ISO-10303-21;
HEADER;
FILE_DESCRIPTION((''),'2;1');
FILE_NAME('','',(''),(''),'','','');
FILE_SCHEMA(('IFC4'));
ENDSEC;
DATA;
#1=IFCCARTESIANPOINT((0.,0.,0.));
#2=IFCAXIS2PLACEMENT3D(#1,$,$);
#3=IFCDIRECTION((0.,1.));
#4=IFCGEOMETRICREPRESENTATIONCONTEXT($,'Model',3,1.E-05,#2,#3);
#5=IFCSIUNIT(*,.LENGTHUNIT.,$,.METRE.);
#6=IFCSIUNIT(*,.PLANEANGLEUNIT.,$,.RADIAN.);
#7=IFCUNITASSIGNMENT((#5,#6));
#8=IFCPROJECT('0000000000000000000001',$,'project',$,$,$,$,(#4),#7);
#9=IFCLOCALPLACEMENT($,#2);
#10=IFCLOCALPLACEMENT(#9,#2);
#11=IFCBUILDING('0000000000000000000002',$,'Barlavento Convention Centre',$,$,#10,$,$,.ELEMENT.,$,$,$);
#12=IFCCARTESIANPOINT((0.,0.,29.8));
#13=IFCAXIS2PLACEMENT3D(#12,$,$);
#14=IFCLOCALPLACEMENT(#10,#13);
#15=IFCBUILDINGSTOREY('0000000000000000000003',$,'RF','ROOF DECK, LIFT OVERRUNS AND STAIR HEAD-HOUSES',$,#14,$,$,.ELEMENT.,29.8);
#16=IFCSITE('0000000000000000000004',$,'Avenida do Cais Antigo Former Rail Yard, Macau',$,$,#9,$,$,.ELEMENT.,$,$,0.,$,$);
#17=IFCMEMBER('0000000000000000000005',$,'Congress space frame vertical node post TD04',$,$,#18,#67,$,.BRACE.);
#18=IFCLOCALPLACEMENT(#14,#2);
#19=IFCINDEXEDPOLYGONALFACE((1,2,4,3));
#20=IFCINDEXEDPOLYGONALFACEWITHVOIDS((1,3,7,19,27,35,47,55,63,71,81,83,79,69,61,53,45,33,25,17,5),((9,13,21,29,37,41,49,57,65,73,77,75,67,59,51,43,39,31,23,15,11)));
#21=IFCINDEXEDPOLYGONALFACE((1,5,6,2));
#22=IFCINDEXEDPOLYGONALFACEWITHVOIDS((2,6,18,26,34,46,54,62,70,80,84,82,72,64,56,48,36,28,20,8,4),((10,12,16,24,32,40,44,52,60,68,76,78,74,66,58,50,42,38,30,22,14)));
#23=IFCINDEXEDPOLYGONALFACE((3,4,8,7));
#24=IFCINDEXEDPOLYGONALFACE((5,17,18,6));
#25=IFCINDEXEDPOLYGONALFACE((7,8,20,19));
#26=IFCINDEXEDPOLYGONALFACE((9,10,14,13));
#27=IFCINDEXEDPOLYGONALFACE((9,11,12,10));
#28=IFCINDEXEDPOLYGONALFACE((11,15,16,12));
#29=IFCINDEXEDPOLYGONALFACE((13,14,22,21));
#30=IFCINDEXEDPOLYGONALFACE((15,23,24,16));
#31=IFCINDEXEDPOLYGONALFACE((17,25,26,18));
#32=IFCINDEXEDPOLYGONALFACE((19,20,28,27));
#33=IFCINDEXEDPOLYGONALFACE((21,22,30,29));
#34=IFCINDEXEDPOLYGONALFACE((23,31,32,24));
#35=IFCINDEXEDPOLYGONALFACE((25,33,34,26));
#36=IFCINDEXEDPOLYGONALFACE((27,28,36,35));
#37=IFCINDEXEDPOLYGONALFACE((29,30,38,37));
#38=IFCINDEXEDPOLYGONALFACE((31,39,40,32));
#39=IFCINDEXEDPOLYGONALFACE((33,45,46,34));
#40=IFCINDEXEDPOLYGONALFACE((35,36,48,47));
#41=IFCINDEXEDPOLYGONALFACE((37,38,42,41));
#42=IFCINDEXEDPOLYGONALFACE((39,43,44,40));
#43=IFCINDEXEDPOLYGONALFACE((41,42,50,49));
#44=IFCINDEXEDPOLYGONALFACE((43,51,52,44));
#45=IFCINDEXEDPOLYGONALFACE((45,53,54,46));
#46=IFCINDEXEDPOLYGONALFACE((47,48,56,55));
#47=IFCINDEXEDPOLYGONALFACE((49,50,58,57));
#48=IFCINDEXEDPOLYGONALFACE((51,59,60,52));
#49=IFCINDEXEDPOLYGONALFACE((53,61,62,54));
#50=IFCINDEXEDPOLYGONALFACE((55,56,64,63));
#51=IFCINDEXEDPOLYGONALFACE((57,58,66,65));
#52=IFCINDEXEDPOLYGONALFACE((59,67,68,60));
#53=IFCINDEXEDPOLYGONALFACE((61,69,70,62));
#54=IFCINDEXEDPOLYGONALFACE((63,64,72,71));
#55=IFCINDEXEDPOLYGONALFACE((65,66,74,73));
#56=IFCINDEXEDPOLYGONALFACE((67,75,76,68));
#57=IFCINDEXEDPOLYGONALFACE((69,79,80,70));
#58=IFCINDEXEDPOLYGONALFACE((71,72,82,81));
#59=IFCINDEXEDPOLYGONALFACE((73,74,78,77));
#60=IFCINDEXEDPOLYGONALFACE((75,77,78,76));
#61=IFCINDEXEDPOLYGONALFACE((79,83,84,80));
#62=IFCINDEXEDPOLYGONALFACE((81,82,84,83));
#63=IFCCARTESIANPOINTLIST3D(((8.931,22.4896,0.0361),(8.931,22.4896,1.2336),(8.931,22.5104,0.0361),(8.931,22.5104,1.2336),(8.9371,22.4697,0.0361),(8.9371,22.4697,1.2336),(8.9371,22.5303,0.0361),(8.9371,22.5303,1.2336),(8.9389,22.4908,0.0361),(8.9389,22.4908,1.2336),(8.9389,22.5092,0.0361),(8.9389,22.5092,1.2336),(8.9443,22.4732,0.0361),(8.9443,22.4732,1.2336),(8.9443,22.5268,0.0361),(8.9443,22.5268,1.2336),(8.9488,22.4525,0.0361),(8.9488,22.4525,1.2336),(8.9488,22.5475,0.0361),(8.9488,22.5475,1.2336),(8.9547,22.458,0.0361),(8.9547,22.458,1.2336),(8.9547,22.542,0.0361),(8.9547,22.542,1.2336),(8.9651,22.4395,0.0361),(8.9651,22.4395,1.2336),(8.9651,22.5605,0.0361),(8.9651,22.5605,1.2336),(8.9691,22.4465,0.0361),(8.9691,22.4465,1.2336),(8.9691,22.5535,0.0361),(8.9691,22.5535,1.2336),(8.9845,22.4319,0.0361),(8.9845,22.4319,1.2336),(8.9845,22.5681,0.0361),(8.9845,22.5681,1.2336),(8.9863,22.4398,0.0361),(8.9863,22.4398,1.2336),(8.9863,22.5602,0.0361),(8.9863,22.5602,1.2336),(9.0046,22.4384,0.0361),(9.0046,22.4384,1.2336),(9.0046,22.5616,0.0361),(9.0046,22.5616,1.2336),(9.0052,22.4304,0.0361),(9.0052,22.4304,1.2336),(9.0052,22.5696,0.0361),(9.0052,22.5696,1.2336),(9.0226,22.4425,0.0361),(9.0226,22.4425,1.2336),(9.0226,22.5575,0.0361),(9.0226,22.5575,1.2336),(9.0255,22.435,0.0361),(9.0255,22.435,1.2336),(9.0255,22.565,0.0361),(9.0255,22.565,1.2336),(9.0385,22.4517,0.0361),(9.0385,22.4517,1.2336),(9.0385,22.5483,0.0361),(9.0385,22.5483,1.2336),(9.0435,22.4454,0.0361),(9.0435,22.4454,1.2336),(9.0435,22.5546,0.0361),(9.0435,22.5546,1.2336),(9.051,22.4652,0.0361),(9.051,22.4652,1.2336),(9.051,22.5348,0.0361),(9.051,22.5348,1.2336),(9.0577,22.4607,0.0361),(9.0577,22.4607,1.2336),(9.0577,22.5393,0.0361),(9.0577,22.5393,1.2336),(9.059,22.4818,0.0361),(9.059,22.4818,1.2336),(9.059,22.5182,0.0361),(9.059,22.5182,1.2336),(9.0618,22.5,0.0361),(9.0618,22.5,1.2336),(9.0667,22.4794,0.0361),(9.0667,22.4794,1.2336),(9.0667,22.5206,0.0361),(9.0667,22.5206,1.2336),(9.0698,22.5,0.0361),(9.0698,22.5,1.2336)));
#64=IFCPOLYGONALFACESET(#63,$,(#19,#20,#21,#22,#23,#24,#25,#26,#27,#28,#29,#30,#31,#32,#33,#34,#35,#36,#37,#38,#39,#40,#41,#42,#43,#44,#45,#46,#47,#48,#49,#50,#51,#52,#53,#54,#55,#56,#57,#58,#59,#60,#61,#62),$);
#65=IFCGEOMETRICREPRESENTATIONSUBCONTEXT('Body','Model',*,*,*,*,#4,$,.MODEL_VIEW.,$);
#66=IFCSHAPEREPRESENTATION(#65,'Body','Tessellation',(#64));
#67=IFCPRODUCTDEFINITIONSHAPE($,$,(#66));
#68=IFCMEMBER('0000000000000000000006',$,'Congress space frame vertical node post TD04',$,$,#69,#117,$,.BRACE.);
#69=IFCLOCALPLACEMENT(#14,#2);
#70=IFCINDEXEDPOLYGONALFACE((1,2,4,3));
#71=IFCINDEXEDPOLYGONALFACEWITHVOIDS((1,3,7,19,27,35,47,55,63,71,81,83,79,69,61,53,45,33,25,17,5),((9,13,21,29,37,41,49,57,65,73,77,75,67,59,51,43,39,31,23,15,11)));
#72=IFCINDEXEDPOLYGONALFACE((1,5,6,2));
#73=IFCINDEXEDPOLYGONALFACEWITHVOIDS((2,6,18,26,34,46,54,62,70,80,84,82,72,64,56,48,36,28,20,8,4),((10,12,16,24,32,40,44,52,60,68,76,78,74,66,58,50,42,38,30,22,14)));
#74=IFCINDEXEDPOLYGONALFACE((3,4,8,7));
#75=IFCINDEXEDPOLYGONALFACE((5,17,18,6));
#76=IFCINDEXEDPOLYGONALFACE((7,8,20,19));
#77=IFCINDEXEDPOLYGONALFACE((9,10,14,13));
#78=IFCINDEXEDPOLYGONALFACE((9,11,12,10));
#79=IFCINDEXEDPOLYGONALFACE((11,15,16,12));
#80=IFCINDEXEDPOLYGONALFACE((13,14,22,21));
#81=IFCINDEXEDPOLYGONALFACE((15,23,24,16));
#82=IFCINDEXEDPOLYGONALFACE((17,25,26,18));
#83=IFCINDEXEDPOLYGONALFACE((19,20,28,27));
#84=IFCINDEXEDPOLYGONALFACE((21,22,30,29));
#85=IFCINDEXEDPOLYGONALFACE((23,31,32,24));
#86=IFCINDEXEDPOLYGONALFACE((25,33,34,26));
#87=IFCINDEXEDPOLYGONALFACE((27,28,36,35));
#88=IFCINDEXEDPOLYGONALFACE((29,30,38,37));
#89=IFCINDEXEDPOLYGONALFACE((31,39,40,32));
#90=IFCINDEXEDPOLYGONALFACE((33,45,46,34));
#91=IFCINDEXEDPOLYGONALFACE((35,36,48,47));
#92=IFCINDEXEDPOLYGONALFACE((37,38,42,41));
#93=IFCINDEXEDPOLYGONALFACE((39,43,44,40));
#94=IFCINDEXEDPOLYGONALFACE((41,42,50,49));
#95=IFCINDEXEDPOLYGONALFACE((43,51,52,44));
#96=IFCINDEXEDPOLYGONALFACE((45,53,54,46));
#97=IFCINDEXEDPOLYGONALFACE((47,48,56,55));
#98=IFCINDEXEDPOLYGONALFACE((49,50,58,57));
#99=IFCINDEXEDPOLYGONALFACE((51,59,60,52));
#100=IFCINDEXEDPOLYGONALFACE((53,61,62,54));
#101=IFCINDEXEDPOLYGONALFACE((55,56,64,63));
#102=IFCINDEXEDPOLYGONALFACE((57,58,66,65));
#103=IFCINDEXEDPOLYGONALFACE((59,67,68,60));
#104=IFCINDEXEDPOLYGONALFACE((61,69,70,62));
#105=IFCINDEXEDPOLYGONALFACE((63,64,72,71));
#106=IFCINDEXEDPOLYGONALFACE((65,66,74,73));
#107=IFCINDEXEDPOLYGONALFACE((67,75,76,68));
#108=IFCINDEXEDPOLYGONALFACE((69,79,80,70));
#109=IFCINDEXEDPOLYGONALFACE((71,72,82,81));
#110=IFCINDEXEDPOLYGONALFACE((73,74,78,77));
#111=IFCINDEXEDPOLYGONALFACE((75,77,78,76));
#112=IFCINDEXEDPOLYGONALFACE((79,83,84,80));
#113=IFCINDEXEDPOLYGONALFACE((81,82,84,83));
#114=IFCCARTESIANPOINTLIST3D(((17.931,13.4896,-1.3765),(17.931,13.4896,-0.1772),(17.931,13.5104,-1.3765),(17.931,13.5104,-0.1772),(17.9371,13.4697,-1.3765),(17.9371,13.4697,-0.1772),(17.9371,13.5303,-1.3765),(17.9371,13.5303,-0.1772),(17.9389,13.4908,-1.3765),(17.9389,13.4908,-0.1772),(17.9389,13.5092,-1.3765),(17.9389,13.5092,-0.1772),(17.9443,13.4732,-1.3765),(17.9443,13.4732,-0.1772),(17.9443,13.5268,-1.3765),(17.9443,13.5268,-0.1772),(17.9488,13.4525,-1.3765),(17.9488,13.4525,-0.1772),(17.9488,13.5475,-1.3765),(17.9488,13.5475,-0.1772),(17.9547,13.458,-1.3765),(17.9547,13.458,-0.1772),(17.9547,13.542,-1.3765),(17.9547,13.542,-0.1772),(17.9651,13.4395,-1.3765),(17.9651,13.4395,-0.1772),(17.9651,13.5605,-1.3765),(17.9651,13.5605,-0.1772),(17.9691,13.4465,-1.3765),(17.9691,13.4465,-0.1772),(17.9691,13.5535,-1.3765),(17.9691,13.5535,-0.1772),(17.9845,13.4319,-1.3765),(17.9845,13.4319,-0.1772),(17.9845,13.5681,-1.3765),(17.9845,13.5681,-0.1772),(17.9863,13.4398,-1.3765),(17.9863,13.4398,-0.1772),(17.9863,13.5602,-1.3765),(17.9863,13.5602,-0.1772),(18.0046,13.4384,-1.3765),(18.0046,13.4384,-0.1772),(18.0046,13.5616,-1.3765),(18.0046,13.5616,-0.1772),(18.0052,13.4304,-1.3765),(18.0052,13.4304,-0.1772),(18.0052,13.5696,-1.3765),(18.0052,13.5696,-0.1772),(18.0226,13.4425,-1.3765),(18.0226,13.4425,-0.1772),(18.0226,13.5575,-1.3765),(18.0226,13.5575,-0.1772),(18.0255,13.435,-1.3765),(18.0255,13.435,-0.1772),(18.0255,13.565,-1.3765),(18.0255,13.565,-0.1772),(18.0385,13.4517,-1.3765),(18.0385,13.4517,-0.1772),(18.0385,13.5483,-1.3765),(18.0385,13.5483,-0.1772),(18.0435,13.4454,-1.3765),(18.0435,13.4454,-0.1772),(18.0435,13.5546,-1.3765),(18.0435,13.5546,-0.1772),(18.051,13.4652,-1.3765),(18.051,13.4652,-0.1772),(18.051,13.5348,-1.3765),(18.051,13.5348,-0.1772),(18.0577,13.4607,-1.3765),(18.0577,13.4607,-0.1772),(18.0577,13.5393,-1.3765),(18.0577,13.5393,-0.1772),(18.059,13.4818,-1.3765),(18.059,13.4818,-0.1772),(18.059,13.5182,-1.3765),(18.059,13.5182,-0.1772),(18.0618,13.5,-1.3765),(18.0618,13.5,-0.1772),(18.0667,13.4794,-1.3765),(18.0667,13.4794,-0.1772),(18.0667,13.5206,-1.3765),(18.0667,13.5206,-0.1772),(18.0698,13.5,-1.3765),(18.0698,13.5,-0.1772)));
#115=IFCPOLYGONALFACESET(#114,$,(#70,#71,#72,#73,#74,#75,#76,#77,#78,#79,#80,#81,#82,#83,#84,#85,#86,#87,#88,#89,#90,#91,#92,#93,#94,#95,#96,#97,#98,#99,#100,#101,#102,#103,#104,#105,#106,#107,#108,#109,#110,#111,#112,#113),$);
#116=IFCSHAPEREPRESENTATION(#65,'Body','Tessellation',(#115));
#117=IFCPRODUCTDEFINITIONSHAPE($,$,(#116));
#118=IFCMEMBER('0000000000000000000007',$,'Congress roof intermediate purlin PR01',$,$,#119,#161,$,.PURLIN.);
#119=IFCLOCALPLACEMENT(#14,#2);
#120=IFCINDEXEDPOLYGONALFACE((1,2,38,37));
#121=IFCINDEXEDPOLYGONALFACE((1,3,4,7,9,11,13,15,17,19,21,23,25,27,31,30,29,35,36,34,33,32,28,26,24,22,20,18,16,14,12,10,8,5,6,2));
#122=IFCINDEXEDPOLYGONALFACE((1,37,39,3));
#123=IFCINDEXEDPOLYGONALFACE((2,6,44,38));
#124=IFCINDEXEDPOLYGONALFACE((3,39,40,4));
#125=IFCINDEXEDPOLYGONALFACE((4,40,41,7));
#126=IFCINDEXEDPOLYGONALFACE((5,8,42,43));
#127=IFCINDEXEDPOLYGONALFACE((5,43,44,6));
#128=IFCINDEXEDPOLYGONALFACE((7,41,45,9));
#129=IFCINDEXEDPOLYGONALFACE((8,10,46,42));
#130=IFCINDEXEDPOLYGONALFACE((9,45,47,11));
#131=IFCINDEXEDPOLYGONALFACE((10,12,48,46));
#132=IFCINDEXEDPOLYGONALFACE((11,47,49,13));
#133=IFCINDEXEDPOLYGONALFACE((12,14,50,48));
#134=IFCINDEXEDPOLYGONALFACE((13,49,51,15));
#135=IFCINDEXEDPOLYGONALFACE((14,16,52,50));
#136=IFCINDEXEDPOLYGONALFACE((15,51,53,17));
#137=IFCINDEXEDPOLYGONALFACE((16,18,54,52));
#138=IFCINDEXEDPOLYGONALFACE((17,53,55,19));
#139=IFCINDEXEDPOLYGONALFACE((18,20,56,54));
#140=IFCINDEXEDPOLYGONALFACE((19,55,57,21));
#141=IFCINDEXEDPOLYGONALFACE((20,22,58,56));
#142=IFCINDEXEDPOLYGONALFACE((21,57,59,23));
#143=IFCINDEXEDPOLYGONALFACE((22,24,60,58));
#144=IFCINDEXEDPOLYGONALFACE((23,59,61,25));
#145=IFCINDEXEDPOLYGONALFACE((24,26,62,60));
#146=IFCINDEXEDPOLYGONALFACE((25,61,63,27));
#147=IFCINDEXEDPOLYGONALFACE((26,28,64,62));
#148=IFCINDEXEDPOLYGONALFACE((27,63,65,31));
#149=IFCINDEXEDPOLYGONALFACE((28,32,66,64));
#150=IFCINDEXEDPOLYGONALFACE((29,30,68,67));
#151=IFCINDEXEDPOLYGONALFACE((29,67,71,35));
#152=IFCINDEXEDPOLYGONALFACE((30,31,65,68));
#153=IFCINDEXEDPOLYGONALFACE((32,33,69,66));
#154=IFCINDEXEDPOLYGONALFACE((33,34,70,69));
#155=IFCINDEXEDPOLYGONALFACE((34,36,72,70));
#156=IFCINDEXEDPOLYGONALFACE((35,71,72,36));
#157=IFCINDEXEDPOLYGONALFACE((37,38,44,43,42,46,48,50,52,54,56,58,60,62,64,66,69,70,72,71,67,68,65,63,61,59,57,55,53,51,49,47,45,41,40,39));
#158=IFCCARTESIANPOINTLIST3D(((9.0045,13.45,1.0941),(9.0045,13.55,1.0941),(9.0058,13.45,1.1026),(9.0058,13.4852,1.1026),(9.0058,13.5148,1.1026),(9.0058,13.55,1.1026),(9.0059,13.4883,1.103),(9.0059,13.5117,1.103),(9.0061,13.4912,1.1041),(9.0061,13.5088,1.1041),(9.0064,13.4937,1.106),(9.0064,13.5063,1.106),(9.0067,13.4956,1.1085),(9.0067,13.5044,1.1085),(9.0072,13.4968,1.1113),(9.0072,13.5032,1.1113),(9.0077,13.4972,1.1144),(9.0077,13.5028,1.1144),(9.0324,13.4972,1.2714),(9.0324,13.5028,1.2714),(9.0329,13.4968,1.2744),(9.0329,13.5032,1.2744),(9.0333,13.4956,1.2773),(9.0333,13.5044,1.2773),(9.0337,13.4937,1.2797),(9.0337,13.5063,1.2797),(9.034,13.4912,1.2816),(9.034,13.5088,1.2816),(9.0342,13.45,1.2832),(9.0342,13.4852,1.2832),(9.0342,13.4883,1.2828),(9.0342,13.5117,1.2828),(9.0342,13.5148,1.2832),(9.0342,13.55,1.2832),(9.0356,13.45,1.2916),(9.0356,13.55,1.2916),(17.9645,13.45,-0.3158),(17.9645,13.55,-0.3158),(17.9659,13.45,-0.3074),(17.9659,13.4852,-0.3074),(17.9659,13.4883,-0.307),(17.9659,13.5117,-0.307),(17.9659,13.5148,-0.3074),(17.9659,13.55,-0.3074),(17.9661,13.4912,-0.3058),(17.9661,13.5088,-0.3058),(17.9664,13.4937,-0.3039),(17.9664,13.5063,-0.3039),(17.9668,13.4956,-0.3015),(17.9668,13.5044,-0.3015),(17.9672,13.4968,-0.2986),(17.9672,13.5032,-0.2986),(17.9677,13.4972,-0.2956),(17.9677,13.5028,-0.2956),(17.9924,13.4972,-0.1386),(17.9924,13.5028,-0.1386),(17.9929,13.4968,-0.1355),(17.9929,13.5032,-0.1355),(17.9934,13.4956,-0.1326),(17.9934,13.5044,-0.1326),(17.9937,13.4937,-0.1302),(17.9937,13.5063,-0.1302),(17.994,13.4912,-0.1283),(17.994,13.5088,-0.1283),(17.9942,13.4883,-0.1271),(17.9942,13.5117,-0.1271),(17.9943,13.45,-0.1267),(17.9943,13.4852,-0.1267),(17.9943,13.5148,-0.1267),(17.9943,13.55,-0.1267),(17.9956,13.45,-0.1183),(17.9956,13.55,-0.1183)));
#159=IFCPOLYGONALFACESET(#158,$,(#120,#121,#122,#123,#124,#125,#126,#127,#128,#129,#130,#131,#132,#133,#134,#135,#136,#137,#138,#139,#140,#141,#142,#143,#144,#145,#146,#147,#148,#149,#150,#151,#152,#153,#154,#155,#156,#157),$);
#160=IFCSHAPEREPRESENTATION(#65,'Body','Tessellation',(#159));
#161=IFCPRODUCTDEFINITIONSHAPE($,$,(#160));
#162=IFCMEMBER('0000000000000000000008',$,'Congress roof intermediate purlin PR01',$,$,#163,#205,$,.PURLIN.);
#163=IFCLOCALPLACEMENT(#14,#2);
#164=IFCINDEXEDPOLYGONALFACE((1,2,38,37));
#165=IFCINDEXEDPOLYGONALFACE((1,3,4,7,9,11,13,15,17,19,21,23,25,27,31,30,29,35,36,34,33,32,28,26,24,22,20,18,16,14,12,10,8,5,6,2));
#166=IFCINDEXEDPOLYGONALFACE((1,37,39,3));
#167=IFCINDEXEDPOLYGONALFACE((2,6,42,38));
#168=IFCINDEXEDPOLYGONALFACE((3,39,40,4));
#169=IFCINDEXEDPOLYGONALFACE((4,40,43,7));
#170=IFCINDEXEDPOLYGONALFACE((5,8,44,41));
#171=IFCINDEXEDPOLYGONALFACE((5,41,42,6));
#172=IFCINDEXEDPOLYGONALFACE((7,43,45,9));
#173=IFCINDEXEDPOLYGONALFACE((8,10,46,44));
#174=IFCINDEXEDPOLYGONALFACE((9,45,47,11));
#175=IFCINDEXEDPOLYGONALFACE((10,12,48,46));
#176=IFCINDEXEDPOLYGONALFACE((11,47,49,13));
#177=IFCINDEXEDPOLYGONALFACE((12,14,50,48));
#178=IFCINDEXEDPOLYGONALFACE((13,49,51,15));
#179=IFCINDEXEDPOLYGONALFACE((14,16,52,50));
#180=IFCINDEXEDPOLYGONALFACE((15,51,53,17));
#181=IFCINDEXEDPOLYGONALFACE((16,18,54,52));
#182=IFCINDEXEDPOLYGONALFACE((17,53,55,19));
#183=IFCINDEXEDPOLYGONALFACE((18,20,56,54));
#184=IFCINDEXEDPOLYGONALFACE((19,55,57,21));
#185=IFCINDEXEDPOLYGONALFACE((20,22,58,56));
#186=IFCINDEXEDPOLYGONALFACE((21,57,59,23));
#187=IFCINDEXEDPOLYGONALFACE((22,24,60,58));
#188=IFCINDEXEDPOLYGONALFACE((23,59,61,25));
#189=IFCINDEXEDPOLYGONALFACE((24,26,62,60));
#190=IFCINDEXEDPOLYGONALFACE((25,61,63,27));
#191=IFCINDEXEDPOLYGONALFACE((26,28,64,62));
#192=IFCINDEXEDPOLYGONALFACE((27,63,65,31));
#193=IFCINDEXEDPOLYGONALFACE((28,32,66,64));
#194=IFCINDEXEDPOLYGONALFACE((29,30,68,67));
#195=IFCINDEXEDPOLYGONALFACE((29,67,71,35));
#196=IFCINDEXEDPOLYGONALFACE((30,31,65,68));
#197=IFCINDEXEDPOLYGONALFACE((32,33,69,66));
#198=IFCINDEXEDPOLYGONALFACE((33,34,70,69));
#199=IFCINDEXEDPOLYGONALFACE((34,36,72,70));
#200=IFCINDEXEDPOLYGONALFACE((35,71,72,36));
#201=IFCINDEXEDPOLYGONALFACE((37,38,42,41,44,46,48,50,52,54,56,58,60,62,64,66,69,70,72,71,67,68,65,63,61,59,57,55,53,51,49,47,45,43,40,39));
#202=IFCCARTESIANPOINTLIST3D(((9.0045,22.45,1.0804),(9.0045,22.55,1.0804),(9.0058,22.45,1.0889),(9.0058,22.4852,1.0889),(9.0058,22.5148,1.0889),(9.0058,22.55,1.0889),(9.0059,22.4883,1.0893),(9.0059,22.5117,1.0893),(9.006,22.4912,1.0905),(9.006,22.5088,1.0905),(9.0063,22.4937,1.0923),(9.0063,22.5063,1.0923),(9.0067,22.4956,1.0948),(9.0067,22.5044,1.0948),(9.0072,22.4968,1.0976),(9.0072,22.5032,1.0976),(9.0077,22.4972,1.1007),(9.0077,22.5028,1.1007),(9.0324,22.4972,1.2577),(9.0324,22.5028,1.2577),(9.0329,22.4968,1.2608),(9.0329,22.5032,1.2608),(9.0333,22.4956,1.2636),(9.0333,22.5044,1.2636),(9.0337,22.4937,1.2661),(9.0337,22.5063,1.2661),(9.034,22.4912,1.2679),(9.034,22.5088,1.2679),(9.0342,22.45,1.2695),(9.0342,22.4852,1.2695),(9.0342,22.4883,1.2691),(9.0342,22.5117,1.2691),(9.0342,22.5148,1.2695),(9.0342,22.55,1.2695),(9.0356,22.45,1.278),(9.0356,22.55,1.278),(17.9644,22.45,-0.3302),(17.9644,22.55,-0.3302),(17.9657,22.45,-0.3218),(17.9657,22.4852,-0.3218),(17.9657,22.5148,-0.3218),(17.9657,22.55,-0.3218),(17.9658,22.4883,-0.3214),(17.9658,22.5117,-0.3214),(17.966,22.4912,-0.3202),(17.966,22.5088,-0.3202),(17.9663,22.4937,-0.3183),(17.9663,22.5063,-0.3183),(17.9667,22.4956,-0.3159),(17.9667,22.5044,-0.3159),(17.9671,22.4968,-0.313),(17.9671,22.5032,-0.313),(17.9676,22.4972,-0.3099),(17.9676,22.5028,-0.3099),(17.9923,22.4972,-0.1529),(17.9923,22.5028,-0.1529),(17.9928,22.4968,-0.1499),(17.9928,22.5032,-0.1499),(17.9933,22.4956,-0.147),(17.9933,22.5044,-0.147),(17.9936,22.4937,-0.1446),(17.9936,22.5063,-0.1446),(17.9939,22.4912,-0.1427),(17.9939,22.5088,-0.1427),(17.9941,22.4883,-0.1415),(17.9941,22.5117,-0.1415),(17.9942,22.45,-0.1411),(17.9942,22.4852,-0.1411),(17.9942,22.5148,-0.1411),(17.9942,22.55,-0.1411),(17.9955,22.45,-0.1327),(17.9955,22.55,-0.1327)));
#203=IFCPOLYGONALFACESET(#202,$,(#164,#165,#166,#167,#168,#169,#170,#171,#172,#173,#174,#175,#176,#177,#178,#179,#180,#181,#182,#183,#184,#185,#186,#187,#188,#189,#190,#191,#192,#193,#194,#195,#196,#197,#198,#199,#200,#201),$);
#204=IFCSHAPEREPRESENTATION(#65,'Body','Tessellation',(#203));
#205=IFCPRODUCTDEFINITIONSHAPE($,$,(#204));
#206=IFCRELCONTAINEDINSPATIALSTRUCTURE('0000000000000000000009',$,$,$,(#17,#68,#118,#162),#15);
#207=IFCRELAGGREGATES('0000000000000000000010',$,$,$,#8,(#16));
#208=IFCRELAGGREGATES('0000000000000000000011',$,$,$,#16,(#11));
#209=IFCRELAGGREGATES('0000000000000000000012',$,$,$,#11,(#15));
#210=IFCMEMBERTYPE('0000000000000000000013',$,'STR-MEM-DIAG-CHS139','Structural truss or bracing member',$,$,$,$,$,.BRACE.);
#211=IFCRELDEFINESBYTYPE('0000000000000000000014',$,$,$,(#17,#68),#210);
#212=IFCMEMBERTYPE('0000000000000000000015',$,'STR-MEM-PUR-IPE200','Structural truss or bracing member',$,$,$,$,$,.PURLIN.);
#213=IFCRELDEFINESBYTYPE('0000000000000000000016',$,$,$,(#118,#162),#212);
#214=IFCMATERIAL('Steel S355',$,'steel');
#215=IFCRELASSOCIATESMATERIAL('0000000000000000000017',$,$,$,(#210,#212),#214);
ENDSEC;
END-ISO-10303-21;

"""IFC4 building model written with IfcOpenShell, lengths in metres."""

from ifc_helpers import new_model, si_unit, direction, frame, origin, origin_2d, place, context, subcontext, project, spatial, hollow_circle, i_section, extrude, material, material_profile, profile_set, type_object, element, save


model = new_model("IFC4")

# Units and contexts
model_context = context("Model", 3, precision=1e-05, world=origin(), true_north=direction((0.0, 1.0)))
body_context = subcontext(model_context, "Body", "Model", "MODEL_VIEW")
ifc_project = project(units=[si_unit("LENGTHUNIT", "METRE"), si_unit("PLANEANGLEUNIT", "RADIAN")], contexts=[model_context])

# Site, building, storey
site_placement = place(None, origin())
site = spatial("IfcSite", under=ifc_project, at=site_placement, Name="Avenida do Cais Antigo Former Rail Yard, Macau", CompositionType="ELEMENT", RefElevation=0.0)
building_placement = place(site_placement, origin())
building = spatial("IfcBuilding", under=site, at=building_placement, Name="Barlavento Convention Centre", CompositionType="ELEMENT")
storey_placement = place(building_placement, frame((0.0, 0.0, 29.8)))
storey = spatial("IfcBuildingStorey", under=building, at=storey_placement, Name="RF", Description="ROOF DECK, LIFT OVERRUNS AND STAIR HEAD-HOUSES", CompositionType="ELEMENT", Elevation=29.8)

# Members
ifc_material_1 = material(Name="Steel S355", Category="steel")
ifc_material_profile_1 = material_profile(ifc_material_1, hollow_circle(Radius=0.0698, WallThickness=0.0081, at=origin_2d()), Name="CHS 139.7x8.0")
ifc_profile_set_1 = profile_set([ifc_material_profile_1], Name="Steel S355")
member_type_1 = type_object("IfcMemberType", Name="STR-MEM-DIAG-CHS139", Description="Structural truss or bracing member", PredefinedType="BRACE", material=ifc_profile_set_1)
member_1_placement = place(storey_placement, frame((9.0, 22.5, 0.0361), z_axis=(0.0, 0.0, 1.0), x_axis=(1.0, 0.0, 0.0)))
element("IfcMember", 1, at=member_1_placement, inside=storey, type_object=member_type_1, Name="Congress space frame vertical node post TD04", PredefinedType="BRACE", context=body_context, shape_type="SweptSolid", body=[
    extrude(hollow_circle(Radius=0.0698, WallThickness=0.0081, at=origin_2d()), origin(), (0.0, 0.0, 1.0), 1.1975),
])
member_2_placement = place(storey_placement, frame((18.0, 13.5, -1.3765), z_axis=(0.0, 0.0, 1.0), x_axis=(1.0, 0.0, 0.0)))
element("IfcMember", 2, at=member_2_placement, inside=storey, type_object=member_type_1, Name="Congress space frame vertical node post TD04", PredefinedType="BRACE", context=body_context, shape_type="SweptSolid", body=[
    extrude(hollow_circle(Radius=0.0698, WallThickness=0.0081, at=origin_2d()), origin(), (0.0, 0.0, 1.0), 1.1992),
])
ifc_material_profile_2 = material_profile(ifc_material_1, i_section(OverallWidth=0.1001, OverallDepth=0.2, WebThickness=0.0056, FlangeThickness=0.0085, FilletRadius=0.012, at=origin_2d()), Name="IPE 200")
ifc_profile_set_2 = profile_set([ifc_material_profile_2], Name="Steel S355")
member_type_2 = type_object("IfcMemberType", Name="STR-MEM-PUR-IPE200", Description="Structural truss or bracing member", PredefinedType="PURLIN", material=ifc_profile_set_2)
for number, where, z_axis, x_axis, name in (
    (3, (9.02, 13.5, 1.1929), (0.987845, 0.0, -0.155444), (0.0, 1.0, 0.0), "Congress roof intermediate purlin PR01"),
    (4, (9.02, 22.5, 1.1792), (0.987832, 0.0, -0.155523), (0.0, 1.0, 0.0), "Congress roof intermediate purlin PR01"),
):
    element("IfcMember", number, at=place(storey_placement, frame(where, z_axis=z_axis, x_axis=x_axis)), inside=storey, type_object=member_type_2, Name=name, PredefinedType="PURLIN", context=body_context, shape_type="SweptSolid", body=[
        extrude(i_section(OverallWidth=0.1001, OverallDepth=0.2, WebThickness=0.0056, FlangeThickness=0.0085, FilletRadius=0.012, at=origin_2d()), origin(), (0.0, 0.0, 1.0), 9.0703),
    ])

save(model, "model.ifc")
